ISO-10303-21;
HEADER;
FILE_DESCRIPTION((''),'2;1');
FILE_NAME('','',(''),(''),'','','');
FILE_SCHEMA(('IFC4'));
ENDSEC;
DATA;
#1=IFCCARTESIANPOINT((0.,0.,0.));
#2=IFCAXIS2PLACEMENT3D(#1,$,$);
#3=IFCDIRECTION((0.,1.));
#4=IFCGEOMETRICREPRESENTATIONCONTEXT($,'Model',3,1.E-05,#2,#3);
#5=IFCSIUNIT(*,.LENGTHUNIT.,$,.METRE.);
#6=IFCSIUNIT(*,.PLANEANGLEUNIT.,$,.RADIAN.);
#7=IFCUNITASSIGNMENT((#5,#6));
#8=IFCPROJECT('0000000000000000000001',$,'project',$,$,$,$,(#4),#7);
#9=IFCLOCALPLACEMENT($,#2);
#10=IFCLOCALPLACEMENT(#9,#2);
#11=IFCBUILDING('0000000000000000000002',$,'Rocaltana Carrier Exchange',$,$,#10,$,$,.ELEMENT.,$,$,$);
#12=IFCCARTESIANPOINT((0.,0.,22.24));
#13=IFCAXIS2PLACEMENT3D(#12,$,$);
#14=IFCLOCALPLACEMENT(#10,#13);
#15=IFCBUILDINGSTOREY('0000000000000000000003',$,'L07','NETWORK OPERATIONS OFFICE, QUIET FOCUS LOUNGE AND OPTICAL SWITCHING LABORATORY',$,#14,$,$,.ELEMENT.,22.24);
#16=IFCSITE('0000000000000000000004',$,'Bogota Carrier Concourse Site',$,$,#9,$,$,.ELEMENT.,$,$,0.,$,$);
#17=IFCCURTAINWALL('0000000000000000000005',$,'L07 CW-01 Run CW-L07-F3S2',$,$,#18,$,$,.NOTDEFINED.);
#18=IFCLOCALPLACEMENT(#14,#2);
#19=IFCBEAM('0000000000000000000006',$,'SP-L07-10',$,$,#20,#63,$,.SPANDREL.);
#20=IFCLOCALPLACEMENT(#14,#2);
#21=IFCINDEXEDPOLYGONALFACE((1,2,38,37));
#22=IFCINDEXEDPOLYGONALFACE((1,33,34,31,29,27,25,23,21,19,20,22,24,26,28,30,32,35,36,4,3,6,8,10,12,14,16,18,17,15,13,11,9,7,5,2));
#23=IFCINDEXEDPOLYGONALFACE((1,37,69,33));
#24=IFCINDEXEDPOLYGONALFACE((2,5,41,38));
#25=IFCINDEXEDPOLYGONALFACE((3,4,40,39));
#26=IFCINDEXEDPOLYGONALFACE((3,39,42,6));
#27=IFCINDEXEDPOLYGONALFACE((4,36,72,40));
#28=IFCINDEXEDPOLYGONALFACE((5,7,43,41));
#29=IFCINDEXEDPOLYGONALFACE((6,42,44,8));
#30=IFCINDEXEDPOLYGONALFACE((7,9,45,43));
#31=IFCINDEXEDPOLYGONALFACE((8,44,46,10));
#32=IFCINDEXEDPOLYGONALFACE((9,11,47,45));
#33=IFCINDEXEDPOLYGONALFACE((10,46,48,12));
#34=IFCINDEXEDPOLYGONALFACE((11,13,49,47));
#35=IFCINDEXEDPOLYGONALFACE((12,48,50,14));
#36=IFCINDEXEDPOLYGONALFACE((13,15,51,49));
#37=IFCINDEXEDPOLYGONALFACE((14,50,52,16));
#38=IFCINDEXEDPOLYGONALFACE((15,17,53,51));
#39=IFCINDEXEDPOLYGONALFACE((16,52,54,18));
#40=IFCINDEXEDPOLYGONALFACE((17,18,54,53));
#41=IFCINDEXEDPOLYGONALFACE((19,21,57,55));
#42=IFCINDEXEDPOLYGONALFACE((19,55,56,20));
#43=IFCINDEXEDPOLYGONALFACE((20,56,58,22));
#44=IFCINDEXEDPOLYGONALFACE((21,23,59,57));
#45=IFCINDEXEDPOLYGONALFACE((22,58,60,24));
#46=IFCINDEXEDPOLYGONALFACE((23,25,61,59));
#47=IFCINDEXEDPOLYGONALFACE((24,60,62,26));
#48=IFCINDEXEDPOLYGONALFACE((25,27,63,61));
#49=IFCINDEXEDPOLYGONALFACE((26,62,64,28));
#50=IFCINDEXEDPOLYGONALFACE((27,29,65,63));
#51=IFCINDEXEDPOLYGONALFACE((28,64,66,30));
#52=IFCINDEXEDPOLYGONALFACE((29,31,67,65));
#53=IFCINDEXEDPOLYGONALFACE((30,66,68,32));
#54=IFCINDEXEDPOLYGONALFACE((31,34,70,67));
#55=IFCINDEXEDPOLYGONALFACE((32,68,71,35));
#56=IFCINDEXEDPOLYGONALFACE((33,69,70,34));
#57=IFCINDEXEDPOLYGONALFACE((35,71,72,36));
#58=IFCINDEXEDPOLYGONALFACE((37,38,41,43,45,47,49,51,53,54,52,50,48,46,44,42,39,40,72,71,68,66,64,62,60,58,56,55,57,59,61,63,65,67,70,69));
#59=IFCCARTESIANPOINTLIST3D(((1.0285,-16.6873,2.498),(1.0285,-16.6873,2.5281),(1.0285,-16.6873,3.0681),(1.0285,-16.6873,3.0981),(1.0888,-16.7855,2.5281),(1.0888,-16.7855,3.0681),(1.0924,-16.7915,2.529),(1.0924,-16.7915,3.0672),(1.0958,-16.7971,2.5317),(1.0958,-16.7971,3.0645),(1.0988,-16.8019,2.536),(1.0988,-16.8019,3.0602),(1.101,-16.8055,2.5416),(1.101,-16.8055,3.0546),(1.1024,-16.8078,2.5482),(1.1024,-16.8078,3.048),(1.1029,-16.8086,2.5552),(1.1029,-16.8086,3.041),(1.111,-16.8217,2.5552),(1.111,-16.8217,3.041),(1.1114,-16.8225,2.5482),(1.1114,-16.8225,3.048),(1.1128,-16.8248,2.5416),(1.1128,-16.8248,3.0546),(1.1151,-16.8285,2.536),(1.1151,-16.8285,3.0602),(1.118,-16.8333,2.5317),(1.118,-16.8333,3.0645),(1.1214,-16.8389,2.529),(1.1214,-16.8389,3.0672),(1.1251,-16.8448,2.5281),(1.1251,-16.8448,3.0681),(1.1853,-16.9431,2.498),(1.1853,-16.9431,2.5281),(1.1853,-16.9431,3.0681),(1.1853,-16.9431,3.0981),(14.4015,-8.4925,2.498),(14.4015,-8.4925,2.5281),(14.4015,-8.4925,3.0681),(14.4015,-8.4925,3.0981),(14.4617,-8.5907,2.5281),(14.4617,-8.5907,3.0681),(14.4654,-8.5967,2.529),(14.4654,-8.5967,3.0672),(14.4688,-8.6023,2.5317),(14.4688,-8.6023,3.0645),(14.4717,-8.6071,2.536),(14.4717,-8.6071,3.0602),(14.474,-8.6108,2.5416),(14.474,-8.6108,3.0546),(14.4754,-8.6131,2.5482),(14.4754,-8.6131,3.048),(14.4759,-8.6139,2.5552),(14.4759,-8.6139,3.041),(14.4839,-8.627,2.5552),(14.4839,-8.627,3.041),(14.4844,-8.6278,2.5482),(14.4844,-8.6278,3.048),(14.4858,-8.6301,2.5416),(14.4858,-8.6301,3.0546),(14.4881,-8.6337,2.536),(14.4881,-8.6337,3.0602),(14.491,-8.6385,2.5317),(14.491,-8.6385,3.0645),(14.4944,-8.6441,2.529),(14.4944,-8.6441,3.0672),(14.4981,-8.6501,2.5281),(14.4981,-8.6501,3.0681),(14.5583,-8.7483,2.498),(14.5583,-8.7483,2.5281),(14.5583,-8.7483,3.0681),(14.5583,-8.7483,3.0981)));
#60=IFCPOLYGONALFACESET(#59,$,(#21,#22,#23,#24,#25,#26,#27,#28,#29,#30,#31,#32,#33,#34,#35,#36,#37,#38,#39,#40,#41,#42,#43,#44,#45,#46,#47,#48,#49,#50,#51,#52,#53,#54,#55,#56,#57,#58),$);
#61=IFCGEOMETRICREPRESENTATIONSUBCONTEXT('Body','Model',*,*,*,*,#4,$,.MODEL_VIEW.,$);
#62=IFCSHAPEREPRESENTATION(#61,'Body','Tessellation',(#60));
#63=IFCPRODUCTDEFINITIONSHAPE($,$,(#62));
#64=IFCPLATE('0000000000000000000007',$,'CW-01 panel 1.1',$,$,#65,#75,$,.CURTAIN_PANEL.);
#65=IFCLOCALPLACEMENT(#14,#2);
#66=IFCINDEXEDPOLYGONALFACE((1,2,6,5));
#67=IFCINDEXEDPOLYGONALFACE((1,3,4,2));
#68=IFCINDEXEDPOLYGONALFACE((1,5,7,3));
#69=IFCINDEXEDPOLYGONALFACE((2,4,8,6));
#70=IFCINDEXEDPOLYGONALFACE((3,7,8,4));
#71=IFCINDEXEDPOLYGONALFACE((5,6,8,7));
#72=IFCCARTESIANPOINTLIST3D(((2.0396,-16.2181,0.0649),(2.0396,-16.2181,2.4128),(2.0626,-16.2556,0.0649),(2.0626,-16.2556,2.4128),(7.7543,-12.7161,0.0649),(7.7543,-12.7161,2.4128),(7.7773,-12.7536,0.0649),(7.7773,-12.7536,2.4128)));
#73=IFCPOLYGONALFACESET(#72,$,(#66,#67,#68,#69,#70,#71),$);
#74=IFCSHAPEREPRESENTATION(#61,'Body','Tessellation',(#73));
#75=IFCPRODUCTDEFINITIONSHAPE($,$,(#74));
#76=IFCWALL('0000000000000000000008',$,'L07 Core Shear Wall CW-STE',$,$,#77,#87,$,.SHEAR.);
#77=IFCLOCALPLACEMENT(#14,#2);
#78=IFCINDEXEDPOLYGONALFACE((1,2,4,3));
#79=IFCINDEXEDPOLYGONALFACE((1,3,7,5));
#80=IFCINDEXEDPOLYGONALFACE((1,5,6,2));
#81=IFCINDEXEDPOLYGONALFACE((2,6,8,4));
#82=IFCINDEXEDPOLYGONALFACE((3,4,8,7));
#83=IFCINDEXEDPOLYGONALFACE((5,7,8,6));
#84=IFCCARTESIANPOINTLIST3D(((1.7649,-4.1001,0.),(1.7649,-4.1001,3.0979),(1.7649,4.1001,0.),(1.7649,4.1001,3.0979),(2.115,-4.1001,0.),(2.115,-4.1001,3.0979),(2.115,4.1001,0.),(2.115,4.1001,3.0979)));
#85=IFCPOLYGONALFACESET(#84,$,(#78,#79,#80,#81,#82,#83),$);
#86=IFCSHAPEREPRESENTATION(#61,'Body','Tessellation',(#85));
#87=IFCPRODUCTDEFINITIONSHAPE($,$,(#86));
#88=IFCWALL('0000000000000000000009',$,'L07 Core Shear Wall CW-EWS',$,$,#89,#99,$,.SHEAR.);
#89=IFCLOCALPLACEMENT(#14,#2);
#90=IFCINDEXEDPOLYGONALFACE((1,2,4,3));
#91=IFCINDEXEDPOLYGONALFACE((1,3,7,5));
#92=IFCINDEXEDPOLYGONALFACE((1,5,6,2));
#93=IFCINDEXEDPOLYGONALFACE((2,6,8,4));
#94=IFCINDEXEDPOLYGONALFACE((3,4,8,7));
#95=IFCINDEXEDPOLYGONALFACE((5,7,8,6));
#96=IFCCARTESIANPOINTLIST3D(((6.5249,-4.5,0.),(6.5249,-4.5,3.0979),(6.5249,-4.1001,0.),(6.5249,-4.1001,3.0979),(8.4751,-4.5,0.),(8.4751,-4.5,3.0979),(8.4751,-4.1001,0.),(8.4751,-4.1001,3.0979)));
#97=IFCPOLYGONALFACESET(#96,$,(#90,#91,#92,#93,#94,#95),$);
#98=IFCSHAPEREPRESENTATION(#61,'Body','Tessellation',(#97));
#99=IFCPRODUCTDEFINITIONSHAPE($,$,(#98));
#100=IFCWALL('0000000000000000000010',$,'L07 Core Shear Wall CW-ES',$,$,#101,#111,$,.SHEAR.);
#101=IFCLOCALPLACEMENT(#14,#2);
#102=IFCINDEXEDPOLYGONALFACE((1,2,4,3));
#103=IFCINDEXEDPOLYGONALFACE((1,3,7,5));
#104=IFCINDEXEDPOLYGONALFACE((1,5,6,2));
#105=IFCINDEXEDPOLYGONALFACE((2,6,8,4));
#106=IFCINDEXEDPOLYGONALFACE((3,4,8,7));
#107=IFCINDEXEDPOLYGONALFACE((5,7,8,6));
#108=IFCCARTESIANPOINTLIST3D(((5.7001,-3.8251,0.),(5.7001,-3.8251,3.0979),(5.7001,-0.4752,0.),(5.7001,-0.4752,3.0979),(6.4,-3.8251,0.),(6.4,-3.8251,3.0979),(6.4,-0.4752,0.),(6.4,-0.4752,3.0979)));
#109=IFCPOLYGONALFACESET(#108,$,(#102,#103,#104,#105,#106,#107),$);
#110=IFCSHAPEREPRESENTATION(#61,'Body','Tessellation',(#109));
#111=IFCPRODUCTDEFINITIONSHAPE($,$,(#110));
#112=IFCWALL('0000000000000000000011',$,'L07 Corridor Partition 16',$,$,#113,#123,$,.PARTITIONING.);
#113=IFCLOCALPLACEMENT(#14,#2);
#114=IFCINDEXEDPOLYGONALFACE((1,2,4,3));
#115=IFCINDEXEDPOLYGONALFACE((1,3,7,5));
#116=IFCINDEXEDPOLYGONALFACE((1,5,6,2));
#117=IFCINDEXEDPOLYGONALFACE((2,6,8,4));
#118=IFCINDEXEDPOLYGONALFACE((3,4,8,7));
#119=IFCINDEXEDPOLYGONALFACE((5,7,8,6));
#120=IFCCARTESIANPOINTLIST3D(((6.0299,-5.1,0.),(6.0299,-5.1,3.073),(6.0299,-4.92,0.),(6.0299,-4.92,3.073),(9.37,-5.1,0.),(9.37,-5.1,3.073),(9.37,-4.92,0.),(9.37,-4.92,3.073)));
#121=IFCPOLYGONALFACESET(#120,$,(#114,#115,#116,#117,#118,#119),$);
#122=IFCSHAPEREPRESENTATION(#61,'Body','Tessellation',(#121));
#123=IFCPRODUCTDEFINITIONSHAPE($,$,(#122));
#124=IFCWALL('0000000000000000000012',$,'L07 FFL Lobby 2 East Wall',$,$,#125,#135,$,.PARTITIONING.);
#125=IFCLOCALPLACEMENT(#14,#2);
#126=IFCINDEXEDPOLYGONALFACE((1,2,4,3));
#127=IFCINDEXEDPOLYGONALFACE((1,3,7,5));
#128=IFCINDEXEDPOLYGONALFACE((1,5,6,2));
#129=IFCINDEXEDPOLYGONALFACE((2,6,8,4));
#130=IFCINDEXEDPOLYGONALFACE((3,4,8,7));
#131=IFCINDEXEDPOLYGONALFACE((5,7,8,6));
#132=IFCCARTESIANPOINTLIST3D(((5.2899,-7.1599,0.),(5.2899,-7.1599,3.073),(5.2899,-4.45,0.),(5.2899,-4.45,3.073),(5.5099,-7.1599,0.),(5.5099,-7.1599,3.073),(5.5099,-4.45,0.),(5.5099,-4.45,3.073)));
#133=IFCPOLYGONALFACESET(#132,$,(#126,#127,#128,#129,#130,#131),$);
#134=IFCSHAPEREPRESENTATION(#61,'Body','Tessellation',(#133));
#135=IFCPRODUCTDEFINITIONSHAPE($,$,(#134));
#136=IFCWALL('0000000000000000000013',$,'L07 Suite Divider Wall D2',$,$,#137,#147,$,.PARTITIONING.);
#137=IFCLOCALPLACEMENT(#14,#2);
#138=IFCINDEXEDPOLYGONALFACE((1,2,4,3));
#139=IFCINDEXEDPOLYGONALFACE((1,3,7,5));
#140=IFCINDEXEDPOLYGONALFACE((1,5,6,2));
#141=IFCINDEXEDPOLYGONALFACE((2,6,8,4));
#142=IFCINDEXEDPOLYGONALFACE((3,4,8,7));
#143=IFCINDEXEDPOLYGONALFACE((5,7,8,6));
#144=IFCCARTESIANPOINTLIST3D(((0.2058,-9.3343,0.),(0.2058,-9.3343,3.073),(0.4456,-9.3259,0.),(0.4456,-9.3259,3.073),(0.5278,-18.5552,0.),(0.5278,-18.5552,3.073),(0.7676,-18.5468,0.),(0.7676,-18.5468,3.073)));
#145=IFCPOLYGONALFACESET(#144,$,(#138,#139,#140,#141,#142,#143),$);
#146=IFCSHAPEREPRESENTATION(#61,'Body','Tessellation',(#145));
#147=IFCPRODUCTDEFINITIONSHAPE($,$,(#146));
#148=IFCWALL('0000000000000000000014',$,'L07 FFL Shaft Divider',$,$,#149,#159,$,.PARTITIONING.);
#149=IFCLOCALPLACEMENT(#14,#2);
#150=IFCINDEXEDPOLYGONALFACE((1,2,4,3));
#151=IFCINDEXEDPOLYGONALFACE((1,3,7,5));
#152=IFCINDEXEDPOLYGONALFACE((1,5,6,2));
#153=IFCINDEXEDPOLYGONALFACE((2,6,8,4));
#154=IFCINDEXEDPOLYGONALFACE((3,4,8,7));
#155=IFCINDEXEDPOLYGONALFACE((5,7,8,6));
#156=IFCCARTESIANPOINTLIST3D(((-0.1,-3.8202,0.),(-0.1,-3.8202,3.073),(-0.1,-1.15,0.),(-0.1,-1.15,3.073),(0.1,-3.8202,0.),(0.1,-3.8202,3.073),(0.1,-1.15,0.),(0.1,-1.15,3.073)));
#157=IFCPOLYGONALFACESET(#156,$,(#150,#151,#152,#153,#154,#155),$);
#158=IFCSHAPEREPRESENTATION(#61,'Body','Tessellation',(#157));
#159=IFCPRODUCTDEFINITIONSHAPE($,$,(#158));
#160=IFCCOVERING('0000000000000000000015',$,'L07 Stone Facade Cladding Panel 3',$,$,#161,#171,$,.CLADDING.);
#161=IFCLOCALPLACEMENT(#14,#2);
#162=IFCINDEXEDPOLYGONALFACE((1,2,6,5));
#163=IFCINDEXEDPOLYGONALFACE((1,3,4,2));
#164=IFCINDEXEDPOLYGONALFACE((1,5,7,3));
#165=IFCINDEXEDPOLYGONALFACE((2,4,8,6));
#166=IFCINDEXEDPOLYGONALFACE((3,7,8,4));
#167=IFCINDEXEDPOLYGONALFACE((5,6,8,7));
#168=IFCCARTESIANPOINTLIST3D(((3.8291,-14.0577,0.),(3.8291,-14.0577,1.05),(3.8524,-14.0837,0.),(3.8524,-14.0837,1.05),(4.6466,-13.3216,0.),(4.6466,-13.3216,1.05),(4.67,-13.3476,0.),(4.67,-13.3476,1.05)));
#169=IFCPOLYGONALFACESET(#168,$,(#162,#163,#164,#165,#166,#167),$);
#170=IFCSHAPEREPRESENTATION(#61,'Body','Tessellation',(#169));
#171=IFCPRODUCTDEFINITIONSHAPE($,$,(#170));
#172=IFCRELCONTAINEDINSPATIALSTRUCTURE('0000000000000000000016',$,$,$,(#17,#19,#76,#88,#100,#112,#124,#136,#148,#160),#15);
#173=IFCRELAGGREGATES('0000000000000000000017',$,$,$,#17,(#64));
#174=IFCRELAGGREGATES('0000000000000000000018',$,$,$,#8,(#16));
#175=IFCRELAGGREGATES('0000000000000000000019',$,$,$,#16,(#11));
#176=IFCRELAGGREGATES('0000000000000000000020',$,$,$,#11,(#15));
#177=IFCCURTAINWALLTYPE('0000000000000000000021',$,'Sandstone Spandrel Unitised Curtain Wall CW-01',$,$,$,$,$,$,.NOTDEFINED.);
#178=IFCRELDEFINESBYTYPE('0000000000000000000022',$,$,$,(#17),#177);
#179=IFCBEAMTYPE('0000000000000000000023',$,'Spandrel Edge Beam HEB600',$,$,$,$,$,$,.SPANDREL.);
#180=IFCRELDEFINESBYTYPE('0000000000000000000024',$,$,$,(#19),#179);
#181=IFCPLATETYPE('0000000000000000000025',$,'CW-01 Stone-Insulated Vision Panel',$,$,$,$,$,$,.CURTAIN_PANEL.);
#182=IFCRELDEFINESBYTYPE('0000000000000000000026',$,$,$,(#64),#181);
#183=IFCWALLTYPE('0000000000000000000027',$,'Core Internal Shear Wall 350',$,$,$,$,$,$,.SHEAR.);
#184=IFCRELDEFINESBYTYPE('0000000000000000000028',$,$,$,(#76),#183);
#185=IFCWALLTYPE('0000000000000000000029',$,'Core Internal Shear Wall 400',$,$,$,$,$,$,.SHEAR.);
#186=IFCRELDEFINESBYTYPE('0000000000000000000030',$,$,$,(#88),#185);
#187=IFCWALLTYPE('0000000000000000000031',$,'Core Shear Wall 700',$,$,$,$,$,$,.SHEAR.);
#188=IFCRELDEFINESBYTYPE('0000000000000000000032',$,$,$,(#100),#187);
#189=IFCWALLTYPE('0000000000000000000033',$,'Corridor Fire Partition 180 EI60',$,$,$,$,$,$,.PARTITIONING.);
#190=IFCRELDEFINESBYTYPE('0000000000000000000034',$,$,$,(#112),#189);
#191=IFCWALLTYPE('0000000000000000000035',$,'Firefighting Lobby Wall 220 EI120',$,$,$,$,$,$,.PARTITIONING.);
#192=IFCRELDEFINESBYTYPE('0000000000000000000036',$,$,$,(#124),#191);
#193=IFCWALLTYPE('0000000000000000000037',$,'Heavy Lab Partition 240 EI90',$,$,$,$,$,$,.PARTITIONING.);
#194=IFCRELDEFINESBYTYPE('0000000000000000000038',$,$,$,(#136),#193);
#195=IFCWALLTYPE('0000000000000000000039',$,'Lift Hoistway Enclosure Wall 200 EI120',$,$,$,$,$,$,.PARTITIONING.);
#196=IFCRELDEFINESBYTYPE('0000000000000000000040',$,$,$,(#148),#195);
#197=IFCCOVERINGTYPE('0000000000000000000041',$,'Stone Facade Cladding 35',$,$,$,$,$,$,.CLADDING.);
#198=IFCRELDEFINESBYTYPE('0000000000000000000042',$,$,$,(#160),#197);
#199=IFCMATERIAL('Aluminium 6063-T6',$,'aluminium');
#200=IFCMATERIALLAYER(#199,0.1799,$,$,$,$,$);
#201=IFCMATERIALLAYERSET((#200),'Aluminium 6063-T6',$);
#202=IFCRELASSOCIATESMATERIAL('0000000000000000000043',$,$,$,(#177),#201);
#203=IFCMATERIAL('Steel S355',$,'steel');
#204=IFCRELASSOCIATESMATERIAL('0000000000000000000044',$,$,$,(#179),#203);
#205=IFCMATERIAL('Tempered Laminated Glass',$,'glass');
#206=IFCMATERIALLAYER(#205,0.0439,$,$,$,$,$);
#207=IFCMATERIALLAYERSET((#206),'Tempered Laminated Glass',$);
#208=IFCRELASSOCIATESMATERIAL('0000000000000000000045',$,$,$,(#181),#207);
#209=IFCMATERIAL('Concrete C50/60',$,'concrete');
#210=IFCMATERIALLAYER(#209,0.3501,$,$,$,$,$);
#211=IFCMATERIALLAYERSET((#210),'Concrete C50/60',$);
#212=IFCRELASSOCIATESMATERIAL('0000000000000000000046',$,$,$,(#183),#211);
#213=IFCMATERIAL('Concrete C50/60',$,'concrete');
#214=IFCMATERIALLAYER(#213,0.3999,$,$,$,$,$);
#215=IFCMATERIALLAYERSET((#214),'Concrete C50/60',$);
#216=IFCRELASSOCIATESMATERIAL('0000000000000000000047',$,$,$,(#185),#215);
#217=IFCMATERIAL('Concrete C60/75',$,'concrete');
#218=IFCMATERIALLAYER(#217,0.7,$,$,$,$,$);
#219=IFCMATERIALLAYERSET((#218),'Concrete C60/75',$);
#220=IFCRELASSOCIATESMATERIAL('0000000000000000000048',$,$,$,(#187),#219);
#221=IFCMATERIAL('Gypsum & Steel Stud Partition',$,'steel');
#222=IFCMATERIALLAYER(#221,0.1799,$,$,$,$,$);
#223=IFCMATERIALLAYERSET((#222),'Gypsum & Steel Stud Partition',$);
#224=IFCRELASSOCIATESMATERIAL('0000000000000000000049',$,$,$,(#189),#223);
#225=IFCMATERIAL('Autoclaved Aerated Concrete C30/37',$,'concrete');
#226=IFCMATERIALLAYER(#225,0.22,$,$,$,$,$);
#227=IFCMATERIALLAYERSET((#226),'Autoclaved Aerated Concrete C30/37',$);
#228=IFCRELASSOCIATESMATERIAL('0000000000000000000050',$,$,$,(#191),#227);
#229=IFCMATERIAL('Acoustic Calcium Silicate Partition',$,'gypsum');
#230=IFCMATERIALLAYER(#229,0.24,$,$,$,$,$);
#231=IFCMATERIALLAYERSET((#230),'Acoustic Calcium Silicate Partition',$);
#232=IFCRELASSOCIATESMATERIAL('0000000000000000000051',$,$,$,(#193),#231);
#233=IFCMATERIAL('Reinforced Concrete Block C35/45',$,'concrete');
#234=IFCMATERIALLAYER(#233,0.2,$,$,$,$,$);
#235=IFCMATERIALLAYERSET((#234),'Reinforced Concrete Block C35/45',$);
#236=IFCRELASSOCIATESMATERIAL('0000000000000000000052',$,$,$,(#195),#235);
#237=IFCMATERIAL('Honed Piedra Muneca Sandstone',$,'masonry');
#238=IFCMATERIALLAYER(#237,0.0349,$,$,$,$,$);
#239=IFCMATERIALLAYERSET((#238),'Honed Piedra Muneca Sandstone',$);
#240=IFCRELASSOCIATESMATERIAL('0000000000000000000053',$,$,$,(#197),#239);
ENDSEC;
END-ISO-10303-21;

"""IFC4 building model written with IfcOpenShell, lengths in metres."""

from ifc_helpers import new_model, si_unit, direction, frame, frame_2d, origin, origin_2d, place, context, subcontext, project, spatial, rectangle, i_section, extrude, material, layer, layer_set, material_profile, profile_set, type_object, element, aggregate, save


model = new_model("IFC4")

# Units and contexts
model_context = context("Model", 3, precision=1e-05, world=origin(), true_north=direction((0.0, 1.0)))
body_context = subcontext(model_context, "Body", "Model", "MODEL_VIEW")
ifc_project = project(units=[si_unit("LENGTHUNIT", "METRE"), si_unit("PLANEANGLEUNIT", "RADIAN")], contexts=[model_context])

# Site, building, storey
site_placement = place(None, origin())
site = spatial("IfcSite", under=ifc_project, at=site_placement, Name="Bogota Carrier Concourse Site", CompositionType="ELEMENT", RefElevation=0.0)
building_placement = place(site_placement, origin())
building = spatial("IfcBuilding", under=site, at=building_placement, Name="Rocaltana Carrier Exchange", CompositionType="ELEMENT")
storey_placement = place(building_placement, frame((0.0, 0.0, 22.24)))
storey = spatial("IfcBuildingStorey", under=building, at=storey_placement, Name="L07", Description="NETWORK OPERATIONS OFFICE, QUIET FOCUS LOUNGE AND OPTICAL SWITCHING LABORATORY", CompositionType="ELEMENT", Elevation=22.24)

# Curtain wall
ifc_material_1 = material(Name="Aluminium 6063-T6", Category="aluminium")
ifc_layer_1 = layer(ifc_material_1, 0.1799)
ifc_layer_set_1 = layer_set([ifc_layer_1], Name="Aluminium 6063-T6")
curtain_wall_type = type_object("IfcCurtainWallType", Name="Sandstone Spandrel Unitised Curtain Wall CW-01", PredefinedType="NOTDEFINED", material=ifc_layer_set_1)
curtain_wall_placement = place(storey_placement, origin())
curtain_wall = element("IfcCurtainWall", 1, at=curtain_wall_placement, inside=storey, type_object=curtain_wall_type, Name="L07 CW-01 Run CW-L07-F3S2", PredefinedType="NOTDEFINED")

# Beam
ifc_material_2 = material(Name="Steel S355", Category="steel")
ifc_material_profile_1 = material_profile(ifc_material_2, i_section(OverallWidth=0.3, OverallDepth=0.6001, WebThickness=0.0154, FlangeThickness=0.03, FilletRadius=0.0271, at=origin_2d()), Name="HEB600")
ifc_profile_set_1 = profile_set([ifc_material_profile_1], Name="Steel S355")
beam_type_1 = type_object("IfcBeamType", Name="Spandrel Edge Beam HEB600", PredefinedType="SPANDREL", material=ifc_profile_set_1)
beam_1_placement = place(storey_placement, frame((1.1069, -16.8152, 2.7981), z_axis=(0.852646, 0.52249, 0.0), x_axis=(-0.52249, 0.852646, 0.0)))
element("IfcBeam", 2, at=beam_1_placement, inside=storey, type_object=beam_type_1, Name="SP-L07-10", PredefinedType="SPANDREL", context=body_context, shape_type="SweptSolid", body=[
    extrude(i_section(OverallWidth=0.3, OverallDepth=0.6001, WebThickness=0.0154, FlangeThickness=0.03, FilletRadius=0.0271, at=origin_2d()), origin(), (0.0, 0.0, 1.0), 15.6841),
])

# Plate
ifc_material_3 = material(Name="Tempered Laminated Glass", Category="glass")
ifc_layer_2 = layer(ifc_material_3, 0.0439)
ifc_layer_set_2 = layer_set([ifc_layer_2], Name="Tempered Laminated Glass")
plate_type = type_object("IfcPlateType", Name="CW-01 Stone-Insulated Vision Panel", PredefinedType="CURTAIN_PANEL", material=ifc_layer_set_2)
plate_placement = place(storey_placement, frame((4.9084, -14.4858, 0.0649), z_axis=(0.0, 0.0, 1.0), x_axis=(0.852639, 0.5225, 0.0)))
plate = element("IfcPlate", 3, at=plate_placement, type_object=plate_type, Name="CW-01 panel 1.1", PredefinedType="CURTAIN_PANEL", context=body_context, shape_type="SweptSolid", body=[
    extrude(rectangle(XDim=6.7024, YDim=0.0439, at=origin_2d()), origin(), (0.0, 0.0, 1.0), 2.3479),
])
aggregate(curtain_wall, [plate])

# Walls
ifc_material_4 = material(Name="Concrete C50/60", Category="concrete")
ifc_layer_3 = layer(ifc_material_4, 0.3501)
ifc_layer_set_3 = layer_set([ifc_layer_3], Name="Concrete C50/60")
wall_type_1 = type_object("IfcWallType", Name="Core Internal Shear Wall 350", PredefinedType="SHEAR", material=ifc_layer_set_3)
wall_1_placement = place(storey_placement, frame((1.9399, -4.1001, 0.0), z_axis=(0.0, 0.0, 1.0), x_axis=(0.0, 1.0, 0.0)))
element("IfcWall", 4, at=wall_1_placement, inside=storey, type_object=wall_type_1, Name="L07 Core Shear Wall CW-STE", PredefinedType="SHEAR", context=body_context, shape_type="SweptSolid", body=[
    extrude(rectangle(XDim=8.2002, YDim=0.3501, at=frame_2d((4.1001, 0.0))), origin(), (0.0, 0.0, 1.0), 3.0979),
])
ifc_material_5 = material(Name="Concrete C50/60", Category="concrete")
ifc_layer_4 = layer(ifc_material_5, 0.3999)
ifc_layer_set_4 = layer_set([ifc_layer_4], Name="Concrete C50/60")
wall_type_2 = type_object("IfcWallType", Name="Core Internal Shear Wall 400", PredefinedType="SHEAR", material=ifc_layer_set_4)
wall_2_placement = place(storey_placement, frame((6.5249, -4.3, 0.0), z_axis=(0.0, 0.0, 1.0), x_axis=(1.0, 0.0, 0.0)))
element("IfcWall", 5, at=wall_2_placement, inside=storey, type_object=wall_type_2, Name="L07 Core Shear Wall CW-EWS", PredefinedType="SHEAR", context=body_context, shape_type="SweptSolid", body=[
    extrude(rectangle(XDim=1.9502, YDim=0.3999, at=frame_2d((0.9751, 0.0))), origin(), (0.0, 0.0, 1.0), 3.0979),
])
ifc_material_6 = material(Name="Concrete C60/75", Category="concrete")
ifc_layer_5 = layer(ifc_material_6, 0.7)
ifc_layer_set_5 = layer_set([ifc_layer_5], Name="Concrete C60/75")
wall_type_3 = type_object("IfcWallType", Name="Core Shear Wall 700", PredefinedType="SHEAR", material=ifc_layer_set_5)
wall_3_placement = place(storey_placement, frame((6.05, -3.825, 0.0), z_axis=(0.0, 0.0, 1.0), x_axis=(0.0, 1.0, 0.0)))
element("IfcWall", 6, at=wall_3_placement, inside=storey, type_object=wall_type_3, Name="L07 Core Shear Wall CW-ES", PredefinedType="SHEAR", context=body_context, shape_type="SweptSolid", body=[
    extrude(rectangle(XDim=3.3499, YDim=0.7, at=frame_2d((1.6748, 0.0))), origin(), (0.0, 0.0, 1.0), 3.0979),
])
ifc_material_7 = material(Name="Gypsum & Steel Stud Partition", Category="steel")
ifc_layer_6 = layer(ifc_material_7, 0.1799)
ifc_layer_set_6 = layer_set([ifc_layer_6], Name="Gypsum & Steel Stud Partition")
wall_type_4 = type_object("IfcWallType", Name="Corridor Fire Partition 180 EI60", PredefinedType="PARTITIONING", material=ifc_layer_set_6)
wall_4_placement = place(storey_placement, frame((6.03, -5.01, 0.0), z_axis=(0.0, 0.0, 1.0), x_axis=(1.0, 0.0, 0.0)))
element("IfcWall", 7, at=wall_4_placement, inside=storey, type_object=wall_type_4, Name="L07 Corridor Partition 16", PredefinedType="PARTITIONING", context=body_context, shape_type="SweptSolid", body=[
    extrude(rectangle(XDim=3.3401, YDim=0.1799, at=frame_2d((1.6699, 0.0))), origin(), (0.0, 0.0, 1.0), 3.073),
])
ifc_material_8 = material(Name="Autoclaved Aerated Concrete C30/37", Category="concrete")
ifc_layer_7 = layer(ifc_material_8, 0.22)
ifc_layer_set_7 = layer_set([ifc_layer_7], Name="Autoclaved Aerated Concrete C30/37")
wall_type_5 = type_object("IfcWallType", Name="Firefighting Lobby Wall 220 EI120", PredefinedType="PARTITIONING", material=ifc_layer_set_7)
wall_5_placement = place(storey_placement, frame((5.3999, -7.1599, 0.0), z_axis=(0.0, 0.0, 1.0), x_axis=(0.0, 1.0, 0.0)))
element("IfcWall", 8, at=wall_5_placement, inside=storey, type_object=wall_type_5, Name="L07 FFL Lobby 2 East Wall", PredefinedType="PARTITIONING", context=body_context, shape_type="SweptSolid", body=[
    extrude(rectangle(XDim=2.71, YDim=0.22, at=frame_2d((1.355, 0.0))), origin(), (0.0, 0.0, 1.0), 3.073),
])
ifc_material_9 = material(Name="Acoustic Calcium Silicate Partition", Category="gypsum")
ifc_layer_8 = layer(ifc_material_9, 0.24)
ifc_layer_set_8 = layer_set([ifc_layer_8], Name="Acoustic Calcium Silicate Partition")
wall_type_6 = type_object("IfcWallType", Name="Heavy Lab Partition 240 EI90", PredefinedType="PARTITIONING", material=ifc_layer_set_8)
wall_6_placement = place(storey_placement, frame((0.3257, -9.3301, 0.0), z_axis=(0.0, 0.0, 1.0), x_axis=(0.034902, -0.999391, 0.0)))
element("IfcWall", 9, at=wall_6_placement, inside=storey, type_object=wall_type_6, Name="L07 Suite Divider Wall D2", PredefinedType="PARTITIONING", context=body_context, shape_type="SweptSolid", body=[
    extrude(rectangle(XDim=9.2266, YDim=0.24, at=frame_2d((4.6133, 0.0))), origin(), (0.0, 0.0, 1.0), 3.073),
])
ifc_material_10 = material(Name="Reinforced Concrete Block C35/45", Category="concrete")
ifc_layer_9 = layer(ifc_material_10, 0.2)
ifc_layer_set_9 = layer_set([ifc_layer_9], Name="Reinforced Concrete Block C35/45")
wall_type_7 = type_object("IfcWallType", Name="Lift Hoistway Enclosure Wall 200 EI120", PredefinedType="PARTITIONING", material=ifc_layer_set_9)
wall_7_placement = place(storey_placement, frame((0.0, -3.8201, 0.0), z_axis=(0.0, 0.0, 1.0), x_axis=(0.0, 1.0, 0.0)))
element("IfcWall", 10, at=wall_7_placement, inside=storey, type_object=wall_type_7, Name="L07 FFL Shaft Divider", PredefinedType="PARTITIONING", context=body_context, shape_type="SweptSolid", body=[
    extrude(rectangle(XDim=2.6702, YDim=0.2, at=frame_2d((1.335, 0.0))), origin(), (0.0, 0.0, 1.0), 3.073),
])

# Covering
ifc_material_11 = material(Name="Honed Piedra Muneca Sandstone", Category="masonry")
ifc_layer_10 = layer(ifc_material_11, 0.0349)
ifc_layer_set_10 = layer_set([ifc_layer_10], Name="Honed Piedra Muneca Sandstone")
covering_type = type_object("IfcCoveringType", Name="Stone Facade Cladding 35", PredefinedType="CLADDING", material=ifc_layer_set_10)
covering_placement = place(storey_placement, frame((4.2495, -13.7026, 0.0), z_axis=(0.0, 0.0, 1.0), x_axis=(0.743145, 0.669131, 0.0)))
element("IfcCovering", 11, at=covering_placement, inside=storey, type_object=covering_type, Name="L07 Stone Facade Cladding Panel 3", PredefinedType="CLADDING", context=body_context, shape_type="SweptSolid", body=[
    extrude(rectangle(XDim=1.1001, YDim=0.0349, at=origin_2d()), origin(), (0.0, 0.0, 1.0), 1.05),
])

save(model, "model.ifc")
